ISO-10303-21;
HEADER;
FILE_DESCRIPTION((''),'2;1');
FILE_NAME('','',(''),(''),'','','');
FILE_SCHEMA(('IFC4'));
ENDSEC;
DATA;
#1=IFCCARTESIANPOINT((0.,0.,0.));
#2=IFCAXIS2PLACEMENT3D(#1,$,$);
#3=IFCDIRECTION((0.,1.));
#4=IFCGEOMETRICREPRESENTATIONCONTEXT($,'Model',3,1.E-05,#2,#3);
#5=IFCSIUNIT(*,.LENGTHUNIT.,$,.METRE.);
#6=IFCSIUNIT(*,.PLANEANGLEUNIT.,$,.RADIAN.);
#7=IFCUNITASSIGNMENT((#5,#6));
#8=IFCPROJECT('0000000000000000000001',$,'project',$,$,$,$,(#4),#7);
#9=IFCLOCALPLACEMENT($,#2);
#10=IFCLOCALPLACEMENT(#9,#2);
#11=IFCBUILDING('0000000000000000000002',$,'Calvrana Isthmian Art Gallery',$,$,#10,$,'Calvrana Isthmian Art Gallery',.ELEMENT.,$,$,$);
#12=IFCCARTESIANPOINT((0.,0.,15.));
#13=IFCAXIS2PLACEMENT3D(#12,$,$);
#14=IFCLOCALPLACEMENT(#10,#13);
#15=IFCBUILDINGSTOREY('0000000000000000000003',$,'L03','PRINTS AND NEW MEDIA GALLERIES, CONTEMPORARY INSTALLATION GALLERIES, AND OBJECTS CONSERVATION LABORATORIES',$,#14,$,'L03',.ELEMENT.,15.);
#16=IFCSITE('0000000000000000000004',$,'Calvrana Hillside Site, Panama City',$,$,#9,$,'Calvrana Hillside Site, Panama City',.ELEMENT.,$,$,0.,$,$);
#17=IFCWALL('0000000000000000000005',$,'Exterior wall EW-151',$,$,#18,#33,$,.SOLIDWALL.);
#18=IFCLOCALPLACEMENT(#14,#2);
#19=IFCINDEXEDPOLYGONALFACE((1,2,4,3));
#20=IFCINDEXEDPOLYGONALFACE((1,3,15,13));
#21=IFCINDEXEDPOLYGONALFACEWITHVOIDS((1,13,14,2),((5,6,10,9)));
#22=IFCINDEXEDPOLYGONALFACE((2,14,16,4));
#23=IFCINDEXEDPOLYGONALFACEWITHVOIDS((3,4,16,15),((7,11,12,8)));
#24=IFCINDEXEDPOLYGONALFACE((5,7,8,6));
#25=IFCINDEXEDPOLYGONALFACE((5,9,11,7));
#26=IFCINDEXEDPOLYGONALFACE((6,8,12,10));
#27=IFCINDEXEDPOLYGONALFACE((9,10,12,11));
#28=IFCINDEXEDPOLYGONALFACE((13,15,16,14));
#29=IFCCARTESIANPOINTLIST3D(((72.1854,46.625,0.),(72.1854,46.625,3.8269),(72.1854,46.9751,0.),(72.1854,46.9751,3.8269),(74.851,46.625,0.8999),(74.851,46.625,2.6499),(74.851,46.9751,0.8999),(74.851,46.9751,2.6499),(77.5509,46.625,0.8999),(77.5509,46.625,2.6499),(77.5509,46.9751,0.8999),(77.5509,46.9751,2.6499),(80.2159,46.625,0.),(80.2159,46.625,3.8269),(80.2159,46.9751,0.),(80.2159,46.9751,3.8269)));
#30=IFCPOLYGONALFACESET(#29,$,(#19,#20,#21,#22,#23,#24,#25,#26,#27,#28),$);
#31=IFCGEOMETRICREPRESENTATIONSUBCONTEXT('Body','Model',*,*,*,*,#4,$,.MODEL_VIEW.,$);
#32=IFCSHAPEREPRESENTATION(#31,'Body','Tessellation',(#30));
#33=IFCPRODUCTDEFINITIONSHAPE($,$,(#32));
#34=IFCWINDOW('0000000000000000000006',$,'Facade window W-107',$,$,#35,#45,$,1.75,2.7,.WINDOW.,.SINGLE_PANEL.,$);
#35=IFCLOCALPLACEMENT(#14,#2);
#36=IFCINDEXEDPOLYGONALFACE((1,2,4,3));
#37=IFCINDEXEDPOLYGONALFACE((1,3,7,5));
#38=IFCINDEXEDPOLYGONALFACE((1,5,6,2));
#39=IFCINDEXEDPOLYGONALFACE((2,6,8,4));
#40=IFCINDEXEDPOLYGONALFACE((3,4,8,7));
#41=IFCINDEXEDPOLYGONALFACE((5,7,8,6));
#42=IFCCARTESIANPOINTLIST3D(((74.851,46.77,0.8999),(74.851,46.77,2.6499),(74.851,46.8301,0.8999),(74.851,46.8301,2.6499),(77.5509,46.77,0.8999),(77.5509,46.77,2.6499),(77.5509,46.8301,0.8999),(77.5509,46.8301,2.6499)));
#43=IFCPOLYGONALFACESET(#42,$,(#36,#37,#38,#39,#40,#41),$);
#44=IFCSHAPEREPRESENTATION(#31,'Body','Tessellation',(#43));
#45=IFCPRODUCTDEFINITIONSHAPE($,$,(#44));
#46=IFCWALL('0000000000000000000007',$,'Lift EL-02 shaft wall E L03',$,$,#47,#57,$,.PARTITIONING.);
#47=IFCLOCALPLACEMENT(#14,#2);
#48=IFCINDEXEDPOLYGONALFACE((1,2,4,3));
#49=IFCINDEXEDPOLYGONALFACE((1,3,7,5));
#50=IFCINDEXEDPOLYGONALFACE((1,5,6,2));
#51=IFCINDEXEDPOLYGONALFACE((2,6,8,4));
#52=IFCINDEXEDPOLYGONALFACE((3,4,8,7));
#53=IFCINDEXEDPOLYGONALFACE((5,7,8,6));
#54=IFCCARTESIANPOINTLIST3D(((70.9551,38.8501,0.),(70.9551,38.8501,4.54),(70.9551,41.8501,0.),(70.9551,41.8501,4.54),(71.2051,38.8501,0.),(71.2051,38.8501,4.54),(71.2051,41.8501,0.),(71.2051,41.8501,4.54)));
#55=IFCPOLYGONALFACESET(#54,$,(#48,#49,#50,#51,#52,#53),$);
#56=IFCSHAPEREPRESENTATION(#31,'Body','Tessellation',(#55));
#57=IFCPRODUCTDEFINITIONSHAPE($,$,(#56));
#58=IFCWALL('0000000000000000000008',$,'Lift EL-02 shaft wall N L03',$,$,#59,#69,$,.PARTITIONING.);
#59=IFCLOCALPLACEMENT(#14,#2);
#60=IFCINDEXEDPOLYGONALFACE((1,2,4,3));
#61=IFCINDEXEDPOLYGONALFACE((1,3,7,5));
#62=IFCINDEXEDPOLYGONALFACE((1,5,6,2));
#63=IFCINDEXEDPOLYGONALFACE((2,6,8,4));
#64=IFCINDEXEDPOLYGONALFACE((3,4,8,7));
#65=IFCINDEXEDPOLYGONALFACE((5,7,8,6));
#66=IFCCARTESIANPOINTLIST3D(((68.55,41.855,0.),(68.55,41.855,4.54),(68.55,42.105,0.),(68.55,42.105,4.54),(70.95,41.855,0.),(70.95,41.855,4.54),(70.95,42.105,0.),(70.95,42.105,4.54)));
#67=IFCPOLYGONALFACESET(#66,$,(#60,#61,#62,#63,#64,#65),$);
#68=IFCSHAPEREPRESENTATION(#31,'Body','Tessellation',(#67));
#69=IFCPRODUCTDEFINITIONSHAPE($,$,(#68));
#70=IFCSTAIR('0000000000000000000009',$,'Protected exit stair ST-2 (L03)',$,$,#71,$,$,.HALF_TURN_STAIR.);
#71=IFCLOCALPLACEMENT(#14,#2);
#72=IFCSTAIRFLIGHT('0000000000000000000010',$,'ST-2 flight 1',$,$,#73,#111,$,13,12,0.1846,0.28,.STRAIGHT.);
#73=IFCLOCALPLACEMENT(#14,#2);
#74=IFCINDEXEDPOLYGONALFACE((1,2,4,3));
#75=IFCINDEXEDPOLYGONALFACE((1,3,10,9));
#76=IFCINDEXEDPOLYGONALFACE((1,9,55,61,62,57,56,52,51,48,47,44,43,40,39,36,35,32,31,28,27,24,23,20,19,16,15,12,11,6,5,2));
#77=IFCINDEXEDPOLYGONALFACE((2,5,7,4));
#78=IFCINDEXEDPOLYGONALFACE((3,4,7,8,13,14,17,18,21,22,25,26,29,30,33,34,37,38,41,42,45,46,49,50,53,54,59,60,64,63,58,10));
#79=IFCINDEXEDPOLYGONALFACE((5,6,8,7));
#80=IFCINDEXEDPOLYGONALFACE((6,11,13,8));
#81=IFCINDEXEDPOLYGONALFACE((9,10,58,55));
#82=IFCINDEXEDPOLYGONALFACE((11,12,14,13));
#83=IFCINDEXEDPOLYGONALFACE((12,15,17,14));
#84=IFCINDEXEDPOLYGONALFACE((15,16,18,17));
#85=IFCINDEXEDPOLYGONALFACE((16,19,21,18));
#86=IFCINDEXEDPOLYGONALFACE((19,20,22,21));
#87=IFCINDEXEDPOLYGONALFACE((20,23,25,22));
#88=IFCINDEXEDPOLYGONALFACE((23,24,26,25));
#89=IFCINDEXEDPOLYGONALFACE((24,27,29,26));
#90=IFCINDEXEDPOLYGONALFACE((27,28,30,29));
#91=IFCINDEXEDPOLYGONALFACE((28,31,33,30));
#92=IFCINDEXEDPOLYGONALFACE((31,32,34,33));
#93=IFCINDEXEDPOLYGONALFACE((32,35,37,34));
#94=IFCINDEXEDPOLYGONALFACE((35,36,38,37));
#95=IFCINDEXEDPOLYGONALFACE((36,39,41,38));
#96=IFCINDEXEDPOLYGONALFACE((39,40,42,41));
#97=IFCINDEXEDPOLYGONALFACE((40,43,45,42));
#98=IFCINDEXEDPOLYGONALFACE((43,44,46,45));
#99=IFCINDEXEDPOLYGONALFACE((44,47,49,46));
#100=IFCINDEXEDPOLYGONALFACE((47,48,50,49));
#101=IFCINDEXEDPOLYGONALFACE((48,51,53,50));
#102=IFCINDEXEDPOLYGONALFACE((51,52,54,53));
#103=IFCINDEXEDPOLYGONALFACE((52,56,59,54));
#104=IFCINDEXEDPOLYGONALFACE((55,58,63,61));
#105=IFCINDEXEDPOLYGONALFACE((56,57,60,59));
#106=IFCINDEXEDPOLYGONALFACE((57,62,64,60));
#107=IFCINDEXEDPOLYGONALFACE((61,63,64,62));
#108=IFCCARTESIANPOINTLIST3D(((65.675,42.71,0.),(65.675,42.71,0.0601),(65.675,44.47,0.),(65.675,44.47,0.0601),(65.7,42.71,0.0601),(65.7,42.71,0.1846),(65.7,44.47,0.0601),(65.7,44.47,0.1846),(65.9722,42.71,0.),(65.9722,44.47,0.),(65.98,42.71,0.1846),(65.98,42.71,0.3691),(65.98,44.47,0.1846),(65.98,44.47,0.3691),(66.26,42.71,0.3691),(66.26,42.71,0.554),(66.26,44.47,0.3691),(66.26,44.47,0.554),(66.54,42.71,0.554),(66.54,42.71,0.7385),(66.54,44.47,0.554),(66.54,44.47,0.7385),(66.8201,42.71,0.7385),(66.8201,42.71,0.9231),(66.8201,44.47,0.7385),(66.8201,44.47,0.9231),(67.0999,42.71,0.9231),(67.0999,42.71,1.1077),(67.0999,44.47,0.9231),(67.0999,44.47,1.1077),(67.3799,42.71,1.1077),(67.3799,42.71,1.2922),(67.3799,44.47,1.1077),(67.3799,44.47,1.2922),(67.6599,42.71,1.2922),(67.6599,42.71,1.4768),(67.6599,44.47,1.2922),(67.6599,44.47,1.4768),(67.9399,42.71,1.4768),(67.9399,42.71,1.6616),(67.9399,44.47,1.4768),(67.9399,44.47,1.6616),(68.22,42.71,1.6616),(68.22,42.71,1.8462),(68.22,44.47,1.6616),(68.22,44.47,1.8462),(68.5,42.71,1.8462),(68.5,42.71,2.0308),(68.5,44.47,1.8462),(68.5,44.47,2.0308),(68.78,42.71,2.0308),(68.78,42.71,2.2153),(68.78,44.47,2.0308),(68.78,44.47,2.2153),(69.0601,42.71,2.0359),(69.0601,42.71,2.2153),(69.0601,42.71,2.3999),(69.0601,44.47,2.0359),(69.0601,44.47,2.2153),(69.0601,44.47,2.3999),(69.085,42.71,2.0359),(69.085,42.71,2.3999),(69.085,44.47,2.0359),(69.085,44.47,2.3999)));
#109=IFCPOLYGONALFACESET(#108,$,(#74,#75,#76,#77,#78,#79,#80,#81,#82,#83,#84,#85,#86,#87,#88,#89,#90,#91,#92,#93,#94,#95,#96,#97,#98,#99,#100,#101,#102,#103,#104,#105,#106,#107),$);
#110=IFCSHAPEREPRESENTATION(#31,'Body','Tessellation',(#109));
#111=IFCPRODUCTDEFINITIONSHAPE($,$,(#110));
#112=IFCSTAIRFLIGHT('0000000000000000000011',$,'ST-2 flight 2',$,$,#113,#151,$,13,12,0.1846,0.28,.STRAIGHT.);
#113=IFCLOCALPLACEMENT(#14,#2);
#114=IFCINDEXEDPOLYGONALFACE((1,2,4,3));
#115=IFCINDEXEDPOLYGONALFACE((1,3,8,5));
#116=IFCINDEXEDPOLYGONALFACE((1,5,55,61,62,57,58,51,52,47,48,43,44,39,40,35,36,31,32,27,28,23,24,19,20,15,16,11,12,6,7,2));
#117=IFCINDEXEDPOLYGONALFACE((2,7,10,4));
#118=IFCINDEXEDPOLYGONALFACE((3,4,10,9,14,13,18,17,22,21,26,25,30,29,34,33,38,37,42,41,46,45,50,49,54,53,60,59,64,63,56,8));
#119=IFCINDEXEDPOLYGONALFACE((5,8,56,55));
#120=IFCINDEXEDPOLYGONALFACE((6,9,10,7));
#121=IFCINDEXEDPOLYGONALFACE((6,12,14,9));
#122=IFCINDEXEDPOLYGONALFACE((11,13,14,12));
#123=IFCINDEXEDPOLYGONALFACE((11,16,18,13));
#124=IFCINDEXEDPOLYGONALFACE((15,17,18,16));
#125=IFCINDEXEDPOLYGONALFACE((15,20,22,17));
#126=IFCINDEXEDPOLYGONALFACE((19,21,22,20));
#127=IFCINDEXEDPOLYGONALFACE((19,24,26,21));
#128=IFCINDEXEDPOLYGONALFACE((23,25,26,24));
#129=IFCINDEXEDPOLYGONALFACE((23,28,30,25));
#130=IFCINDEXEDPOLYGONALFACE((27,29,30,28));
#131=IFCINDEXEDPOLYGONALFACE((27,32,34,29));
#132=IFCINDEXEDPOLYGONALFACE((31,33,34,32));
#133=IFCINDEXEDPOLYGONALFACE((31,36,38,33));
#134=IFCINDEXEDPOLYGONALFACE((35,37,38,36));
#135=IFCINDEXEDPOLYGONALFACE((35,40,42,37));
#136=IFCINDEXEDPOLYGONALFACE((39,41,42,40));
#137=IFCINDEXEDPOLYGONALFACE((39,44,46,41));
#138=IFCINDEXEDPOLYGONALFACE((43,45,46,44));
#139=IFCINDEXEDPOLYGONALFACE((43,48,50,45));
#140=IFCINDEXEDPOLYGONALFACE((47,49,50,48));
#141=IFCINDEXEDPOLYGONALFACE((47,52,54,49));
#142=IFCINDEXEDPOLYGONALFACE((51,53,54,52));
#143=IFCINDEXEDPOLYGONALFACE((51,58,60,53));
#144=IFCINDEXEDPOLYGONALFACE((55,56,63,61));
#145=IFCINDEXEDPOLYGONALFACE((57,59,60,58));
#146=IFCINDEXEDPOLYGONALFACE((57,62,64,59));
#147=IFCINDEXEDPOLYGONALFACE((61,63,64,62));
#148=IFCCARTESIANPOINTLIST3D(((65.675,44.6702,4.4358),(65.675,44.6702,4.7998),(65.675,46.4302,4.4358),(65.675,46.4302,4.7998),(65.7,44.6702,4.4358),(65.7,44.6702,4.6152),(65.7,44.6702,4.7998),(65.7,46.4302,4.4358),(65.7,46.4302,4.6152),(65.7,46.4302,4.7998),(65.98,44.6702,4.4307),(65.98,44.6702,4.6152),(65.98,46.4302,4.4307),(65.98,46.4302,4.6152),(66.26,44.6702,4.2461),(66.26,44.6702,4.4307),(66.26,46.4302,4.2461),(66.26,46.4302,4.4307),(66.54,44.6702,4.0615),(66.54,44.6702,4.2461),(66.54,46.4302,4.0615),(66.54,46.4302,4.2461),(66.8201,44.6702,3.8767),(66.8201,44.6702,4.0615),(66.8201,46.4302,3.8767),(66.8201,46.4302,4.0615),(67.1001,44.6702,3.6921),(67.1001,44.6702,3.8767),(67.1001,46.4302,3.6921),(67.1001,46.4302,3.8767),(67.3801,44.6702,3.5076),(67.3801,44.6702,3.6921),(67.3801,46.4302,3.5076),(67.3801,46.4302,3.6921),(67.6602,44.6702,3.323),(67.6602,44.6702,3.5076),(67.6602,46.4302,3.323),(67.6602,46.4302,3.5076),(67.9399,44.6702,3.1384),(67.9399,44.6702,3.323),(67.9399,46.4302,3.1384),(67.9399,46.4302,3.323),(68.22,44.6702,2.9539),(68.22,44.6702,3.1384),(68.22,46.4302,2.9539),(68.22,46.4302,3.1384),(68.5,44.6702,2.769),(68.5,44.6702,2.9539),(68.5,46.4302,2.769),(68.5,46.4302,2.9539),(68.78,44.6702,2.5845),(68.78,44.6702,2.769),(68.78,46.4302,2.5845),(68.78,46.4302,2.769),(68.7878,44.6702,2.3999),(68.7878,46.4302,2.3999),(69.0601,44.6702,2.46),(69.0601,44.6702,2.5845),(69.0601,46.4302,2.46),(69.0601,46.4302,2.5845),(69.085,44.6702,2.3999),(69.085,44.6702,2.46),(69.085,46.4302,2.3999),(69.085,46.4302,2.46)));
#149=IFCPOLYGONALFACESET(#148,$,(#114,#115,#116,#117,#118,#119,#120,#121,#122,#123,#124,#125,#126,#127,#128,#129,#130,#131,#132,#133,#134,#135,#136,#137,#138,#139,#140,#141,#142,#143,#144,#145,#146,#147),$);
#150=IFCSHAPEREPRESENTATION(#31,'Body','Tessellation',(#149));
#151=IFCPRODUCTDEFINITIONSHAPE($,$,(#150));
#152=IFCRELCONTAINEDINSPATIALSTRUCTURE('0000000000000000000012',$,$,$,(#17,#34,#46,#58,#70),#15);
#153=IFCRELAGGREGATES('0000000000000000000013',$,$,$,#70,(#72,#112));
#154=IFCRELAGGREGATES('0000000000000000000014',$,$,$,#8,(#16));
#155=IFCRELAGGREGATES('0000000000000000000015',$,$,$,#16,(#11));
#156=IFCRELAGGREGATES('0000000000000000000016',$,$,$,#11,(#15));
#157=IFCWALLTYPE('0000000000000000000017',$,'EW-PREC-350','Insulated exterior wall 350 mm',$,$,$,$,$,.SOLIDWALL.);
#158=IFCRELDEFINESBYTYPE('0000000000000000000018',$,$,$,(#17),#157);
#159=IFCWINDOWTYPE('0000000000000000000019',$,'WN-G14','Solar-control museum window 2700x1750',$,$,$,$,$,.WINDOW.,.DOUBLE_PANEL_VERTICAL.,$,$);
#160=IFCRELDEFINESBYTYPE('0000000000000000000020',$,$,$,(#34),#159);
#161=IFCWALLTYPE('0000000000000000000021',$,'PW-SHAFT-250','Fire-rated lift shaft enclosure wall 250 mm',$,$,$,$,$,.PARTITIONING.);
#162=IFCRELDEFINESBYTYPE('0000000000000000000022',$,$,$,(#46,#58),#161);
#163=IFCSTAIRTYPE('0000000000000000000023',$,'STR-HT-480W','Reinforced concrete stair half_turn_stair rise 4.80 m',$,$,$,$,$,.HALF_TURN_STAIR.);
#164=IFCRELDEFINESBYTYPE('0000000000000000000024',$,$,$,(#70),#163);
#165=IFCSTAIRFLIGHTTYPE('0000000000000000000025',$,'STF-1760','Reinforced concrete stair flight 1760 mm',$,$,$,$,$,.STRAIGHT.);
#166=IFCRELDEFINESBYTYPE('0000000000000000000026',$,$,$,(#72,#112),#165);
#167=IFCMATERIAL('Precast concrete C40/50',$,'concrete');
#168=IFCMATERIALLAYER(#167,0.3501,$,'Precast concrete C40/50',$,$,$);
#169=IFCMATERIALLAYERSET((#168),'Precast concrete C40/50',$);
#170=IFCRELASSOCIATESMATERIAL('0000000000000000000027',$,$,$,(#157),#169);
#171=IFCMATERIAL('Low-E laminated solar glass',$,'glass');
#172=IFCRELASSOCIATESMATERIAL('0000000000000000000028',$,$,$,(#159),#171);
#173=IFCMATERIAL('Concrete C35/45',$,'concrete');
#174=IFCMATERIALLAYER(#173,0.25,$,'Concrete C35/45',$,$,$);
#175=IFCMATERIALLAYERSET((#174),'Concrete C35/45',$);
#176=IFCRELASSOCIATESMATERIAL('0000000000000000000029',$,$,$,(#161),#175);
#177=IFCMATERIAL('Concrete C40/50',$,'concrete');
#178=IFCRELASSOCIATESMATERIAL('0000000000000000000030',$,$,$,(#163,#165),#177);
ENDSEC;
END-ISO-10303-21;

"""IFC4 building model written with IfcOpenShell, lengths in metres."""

from ifc_helpers import new_model, si_unit, direction, frame, frame_2d, origin, place, context, subcontext, project, spatial, polyline, rectangle, outline, extrude, material, layer, layer_set, type_object, element, fill, aggregate, save


model = new_model("IFC4")

# Units and contexts
model_context = context("Model", 3, precision=1e-05, world=origin(), true_north=direction((0.0, 1.0)))
body_context = subcontext(model_context, "Body", "Model", "MODEL_VIEW")
ifc_project = project(units=[si_unit("LENGTHUNIT", "METRE"), si_unit("PLANEANGLEUNIT", "RADIAN")], contexts=[model_context])

# Site, building, storey
site_placement = place(None, origin())
site = spatial("IfcSite", under=ifc_project, at=site_placement, Name="Calvrana Hillside Site, Panama City", LongName="Calvrana Hillside Site, Panama City", CompositionType="ELEMENT", RefElevation=0.0)
building_placement = place(site_placement, origin())
building = spatial("IfcBuilding", under=site, at=building_placement, Name="Calvrana Isthmian Art Gallery", LongName="Calvrana Isthmian Art Gallery", CompositionType="ELEMENT")
storey_placement = place(building_placement, frame((0.0, 0.0, 15.0)))
storey = spatial("IfcBuildingStorey", under=building, at=storey_placement, Name="L03", Description="PRINTS AND NEW MEDIA GALLERIES, CONTEMPORARY INSTALLATION GALLERIES, AND OBJECTS CONSERVATION LABORATORIES", LongName="L03", CompositionType="ELEMENT", Elevation=15.0)

# Shared definitions
ifc_material_1 = material(Name="Concrete C40/50", Category="concrete")

# Wall, opening, window
ifc_material_2 = material(Name="Precast concrete C40/50", Category="concrete")
ifc_layer_1 = layer(ifc_material_2, 0.3501, Name="Precast concrete C40/50")
ifc_layer_set_1 = layer_set([ifc_layer_1], Name="Precast concrete C40/50")
wall_type_1 = type_object("IfcWallType", Name="EW-PREC-350", Description="Insulated exterior wall 350 mm", PredefinedType="SOLIDWALL", material=ifc_layer_set_1)
wall_1_placement = place(storey_placement, frame((72.1855, 46.8, 0.0), z_axis=(0.0, 0.0, 1.0), x_axis=(1.0, 0.0, 0.0)))
wall_1 = element("IfcWall", 1, at=wall_1_placement, inside=storey, type_object=wall_type_1, Name="Exterior wall EW-151", PredefinedType="SOLIDWALL", context=body_context, shape_type="SweptSolid", body=[
    extrude(rectangle(XDim=8.0305, YDim=0.3501, at=frame_2d((4.0151, 0.0))), origin(), (0.0, 0.0, 1.0), 3.8269),
])
opening_placement = place(wall_1_placement, frame((2.6653, 0.0, 0.8999)))
opening = element("IfcOpeningElement", 2, at=opening_placement, cuts=wall_1, PredefinedType="OPENING", context=body_context, shape_type="SweptSolid", body=[
    extrude(rectangle(XDim=2.7, YDim=1.75, at=frame_2d((1.3501, 0.875))), frame((0.0, 0.1853, 0.0), z_axis=(0.0, -1.0, 0.0), x_axis=(1.0, 0.0, 0.0)), (0.0, 0.0, 1.0), 0.3706),
])
ifc_material_3 = material(Name="Low-E laminated solar glass", Category="glass")
window_type = type_object("IfcWindowType", Name="WN-G14", Description="Solar-control museum window 2700x1750", PartitioningType="DOUBLE_PANEL_VERTICAL", PredefinedType="WINDOW", material=ifc_material_3)
window_placement = place(opening_placement, origin())
window = element("IfcWindow", 3, at=window_placement, inside=storey, type_object=window_type, Name="Facade window W-107", OverallHeight=1.75, OverallWidth=2.7, PartitioningType="SINGLE_PANEL", PredefinedType="WINDOW", context=body_context, shape_type="SweptSolid", body=[
    extrude(rectangle(XDim=2.7, YDim=1.75, at=frame_2d((1.3501, 0.875))), frame((0.0, 0.03, 0.0), z_axis=(0.0, -1.0, 0.0), x_axis=(1.0, 0.0, 0.0)), (0.0, 0.0, 1.0), 0.0601),
])
fill(opening, window)

# Walls
ifc_material_4 = material(Name="Concrete C35/45", Category="concrete")
ifc_layer_2 = layer(ifc_material_4, 0.25, Name="Concrete C35/45")
ifc_layer_set_2 = layer_set([ifc_layer_2], Name="Concrete C35/45")
wall_type_2 = type_object("IfcWallType", Name="PW-SHAFT-250", Description="Fire-rated lift shaft enclosure wall 250 mm", PredefinedType="PARTITIONING", material=ifc_layer_set_2)
wall_2_placement = place(storey_placement, frame((71.0801, 38.8501, 0.0), z_axis=(0.0, 0.0, 1.0), x_axis=(0.0, 1.0, 0.0)))
element("IfcWall", 4, at=wall_2_placement, inside=storey, type_object=wall_type_2, Name="Lift EL-02 shaft wall E L03", PredefinedType="PARTITIONING", context=body_context, shape_type="SweptSolid", body=[
    extrude(rectangle(XDim=3.0, YDim=0.25, at=frame_2d((1.5, 0.0))), origin(), (0.0, 0.0, 1.0), 4.54),
])
wall_3_placement = place(storey_placement, frame((68.55, 41.98, 0.0), z_axis=(0.0, 0.0, 1.0), x_axis=(1.0, 0.0, 0.0)))
element("IfcWall", 5, at=wall_3_placement, inside=storey, type_object=wall_type_2, Name="Lift EL-02 shaft wall N L03", PredefinedType="PARTITIONING", context=body_context, shape_type="SweptSolid", body=[
    extrude(rectangle(XDim=2.3999, YDim=0.25, at=frame_2d((1.2, 0.0))), origin(), (0.0, 0.0, 1.0), 4.54),
])

# Stair, stair flights
stair_type = type_object("IfcStairType", Name="STR-HT-480W", Description="Reinforced concrete stair half_turn_stair rise 4.80 m", PredefinedType="HALF_TURN_STAIR", material=ifc_material_1)
stair_placement = place(storey_placement, origin())
stair = element("IfcStair", 6, at=stair_placement, inside=storey, type_object=stair_type, Name="Protected exit stair ST-2 (L03)", PredefinedType="HALF_TURN_STAIR")
stair_flight_type = type_object("IfcStairFlightType", Name="STF-1760", Description="Reinforced concrete stair flight 1760 mm", PredefinedType="STRAIGHT", material=ifc_material_1)
stair_flight_1_placement = place(storey_placement, frame((65.7, 43.5901, 0.0), z_axis=(0.0, 0.0, 1.0), x_axis=(1.0, 0.0, 0.0)))
stair_flight_1 = element("IfcStairFlight", 7, at=stair_flight_1_placement, type_object=stair_flight_type, Name="ST-2 flight 1", NumberOfRisers=13, NumberOfTreads=12, PredefinedType="STRAIGHT", RiserHeight=0.1846, TreadLength=0.28, context=body_context, shape_type="SweptSolid", body=[
    extrude(outline(polyline([(-0.0249, 0.0), (-0.0249, 0.0601), (0.0, 0.0601), (0.0, 0.1846), (0.28, 0.1846), (0.28, 0.3691), (0.5601, 0.3691), (0.5601, 0.554), (0.8401, 0.554), (0.8401, 0.7385), (1.1201, 0.7385), (1.1201, 0.9231), (1.3999, 0.9231), (1.3999, 1.1077), (1.6799, 1.1077), (1.6799, 1.2922), (1.96, 1.2922), (1.96, 1.4768), (2.24, 1.4768), (2.24, 1.6616), (2.52, 1.6616), (2.52, 1.8462), (2.8, 1.8462), (2.8, 2.0308), (3.0801, 2.0308), (3.0801, 2.2153), (3.3601, 2.2153), (3.3601, 2.3999), (3.385, 2.3999), (3.385, 2.0359), (3.3601, 2.0359), (0.2722, 0.0), (-0.0249, 0.0)])), frame((0.0, 0.8799, 0.0), z_axis=(0.0, -1.0, 0.0), x_axis=(1.0, 0.0, 0.0)), (0.0, 0.0, 1.0), 1.76),
])
stair_flight_2_placement = place(storey_placement, frame((69.0601, 45.55, 2.3999), z_axis=(0.0, 0.0, 1.0), x_axis=(-1.0, 0.0, 0.0)))
stair_flight_2 = element("IfcStairFlight", 8, at=stair_flight_2_placement, type_object=stair_flight_type, Name="ST-2 flight 2", NumberOfRisers=13, NumberOfTreads=12, PredefinedType="STRAIGHT", RiserHeight=0.1846, TreadLength=0.28, context=body_context, shape_type="SweptSolid", body=[
    extrude(outline(polyline([(-0.0249, 0.0), (-0.0249, 0.0601), (0.0, 0.0601), (0.0, 0.1846), (0.28, 0.1846), (0.28, 0.3691), (0.5601, 0.3691), (0.5601, 0.554), (0.8401, 0.554), (0.8401, 0.7385), (1.1201, 0.7385), (1.1201, 0.9231), (1.3999, 0.9231), (1.3999, 1.1077), (1.6799, 1.1077), (1.6799, 1.2922), (1.96, 1.2922), (1.96, 1.4768), (2.24, 1.4768), (2.24, 1.6616), (2.52, 1.6616), (2.52, 1.8462), (2.8, 1.8462), (2.8, 2.0308), (3.0801, 2.0308), (3.0801, 2.2153), (3.3601, 2.2153), (3.3601, 2.3999), (3.385, 2.3999), (3.385, 2.0359), (3.3601, 2.0359), (0.2722, 0.0), (-0.0249, 0.0)])), frame((0.0, 0.8799, 0.0), z_axis=(0.0, -1.0, 0.0), x_axis=(1.0, 0.0, 0.0)), (0.0, 0.0, 1.0), 1.76),
])
aggregate(stair, [stair_flight_1, stair_flight_2])

save(model, "model.ifc")
